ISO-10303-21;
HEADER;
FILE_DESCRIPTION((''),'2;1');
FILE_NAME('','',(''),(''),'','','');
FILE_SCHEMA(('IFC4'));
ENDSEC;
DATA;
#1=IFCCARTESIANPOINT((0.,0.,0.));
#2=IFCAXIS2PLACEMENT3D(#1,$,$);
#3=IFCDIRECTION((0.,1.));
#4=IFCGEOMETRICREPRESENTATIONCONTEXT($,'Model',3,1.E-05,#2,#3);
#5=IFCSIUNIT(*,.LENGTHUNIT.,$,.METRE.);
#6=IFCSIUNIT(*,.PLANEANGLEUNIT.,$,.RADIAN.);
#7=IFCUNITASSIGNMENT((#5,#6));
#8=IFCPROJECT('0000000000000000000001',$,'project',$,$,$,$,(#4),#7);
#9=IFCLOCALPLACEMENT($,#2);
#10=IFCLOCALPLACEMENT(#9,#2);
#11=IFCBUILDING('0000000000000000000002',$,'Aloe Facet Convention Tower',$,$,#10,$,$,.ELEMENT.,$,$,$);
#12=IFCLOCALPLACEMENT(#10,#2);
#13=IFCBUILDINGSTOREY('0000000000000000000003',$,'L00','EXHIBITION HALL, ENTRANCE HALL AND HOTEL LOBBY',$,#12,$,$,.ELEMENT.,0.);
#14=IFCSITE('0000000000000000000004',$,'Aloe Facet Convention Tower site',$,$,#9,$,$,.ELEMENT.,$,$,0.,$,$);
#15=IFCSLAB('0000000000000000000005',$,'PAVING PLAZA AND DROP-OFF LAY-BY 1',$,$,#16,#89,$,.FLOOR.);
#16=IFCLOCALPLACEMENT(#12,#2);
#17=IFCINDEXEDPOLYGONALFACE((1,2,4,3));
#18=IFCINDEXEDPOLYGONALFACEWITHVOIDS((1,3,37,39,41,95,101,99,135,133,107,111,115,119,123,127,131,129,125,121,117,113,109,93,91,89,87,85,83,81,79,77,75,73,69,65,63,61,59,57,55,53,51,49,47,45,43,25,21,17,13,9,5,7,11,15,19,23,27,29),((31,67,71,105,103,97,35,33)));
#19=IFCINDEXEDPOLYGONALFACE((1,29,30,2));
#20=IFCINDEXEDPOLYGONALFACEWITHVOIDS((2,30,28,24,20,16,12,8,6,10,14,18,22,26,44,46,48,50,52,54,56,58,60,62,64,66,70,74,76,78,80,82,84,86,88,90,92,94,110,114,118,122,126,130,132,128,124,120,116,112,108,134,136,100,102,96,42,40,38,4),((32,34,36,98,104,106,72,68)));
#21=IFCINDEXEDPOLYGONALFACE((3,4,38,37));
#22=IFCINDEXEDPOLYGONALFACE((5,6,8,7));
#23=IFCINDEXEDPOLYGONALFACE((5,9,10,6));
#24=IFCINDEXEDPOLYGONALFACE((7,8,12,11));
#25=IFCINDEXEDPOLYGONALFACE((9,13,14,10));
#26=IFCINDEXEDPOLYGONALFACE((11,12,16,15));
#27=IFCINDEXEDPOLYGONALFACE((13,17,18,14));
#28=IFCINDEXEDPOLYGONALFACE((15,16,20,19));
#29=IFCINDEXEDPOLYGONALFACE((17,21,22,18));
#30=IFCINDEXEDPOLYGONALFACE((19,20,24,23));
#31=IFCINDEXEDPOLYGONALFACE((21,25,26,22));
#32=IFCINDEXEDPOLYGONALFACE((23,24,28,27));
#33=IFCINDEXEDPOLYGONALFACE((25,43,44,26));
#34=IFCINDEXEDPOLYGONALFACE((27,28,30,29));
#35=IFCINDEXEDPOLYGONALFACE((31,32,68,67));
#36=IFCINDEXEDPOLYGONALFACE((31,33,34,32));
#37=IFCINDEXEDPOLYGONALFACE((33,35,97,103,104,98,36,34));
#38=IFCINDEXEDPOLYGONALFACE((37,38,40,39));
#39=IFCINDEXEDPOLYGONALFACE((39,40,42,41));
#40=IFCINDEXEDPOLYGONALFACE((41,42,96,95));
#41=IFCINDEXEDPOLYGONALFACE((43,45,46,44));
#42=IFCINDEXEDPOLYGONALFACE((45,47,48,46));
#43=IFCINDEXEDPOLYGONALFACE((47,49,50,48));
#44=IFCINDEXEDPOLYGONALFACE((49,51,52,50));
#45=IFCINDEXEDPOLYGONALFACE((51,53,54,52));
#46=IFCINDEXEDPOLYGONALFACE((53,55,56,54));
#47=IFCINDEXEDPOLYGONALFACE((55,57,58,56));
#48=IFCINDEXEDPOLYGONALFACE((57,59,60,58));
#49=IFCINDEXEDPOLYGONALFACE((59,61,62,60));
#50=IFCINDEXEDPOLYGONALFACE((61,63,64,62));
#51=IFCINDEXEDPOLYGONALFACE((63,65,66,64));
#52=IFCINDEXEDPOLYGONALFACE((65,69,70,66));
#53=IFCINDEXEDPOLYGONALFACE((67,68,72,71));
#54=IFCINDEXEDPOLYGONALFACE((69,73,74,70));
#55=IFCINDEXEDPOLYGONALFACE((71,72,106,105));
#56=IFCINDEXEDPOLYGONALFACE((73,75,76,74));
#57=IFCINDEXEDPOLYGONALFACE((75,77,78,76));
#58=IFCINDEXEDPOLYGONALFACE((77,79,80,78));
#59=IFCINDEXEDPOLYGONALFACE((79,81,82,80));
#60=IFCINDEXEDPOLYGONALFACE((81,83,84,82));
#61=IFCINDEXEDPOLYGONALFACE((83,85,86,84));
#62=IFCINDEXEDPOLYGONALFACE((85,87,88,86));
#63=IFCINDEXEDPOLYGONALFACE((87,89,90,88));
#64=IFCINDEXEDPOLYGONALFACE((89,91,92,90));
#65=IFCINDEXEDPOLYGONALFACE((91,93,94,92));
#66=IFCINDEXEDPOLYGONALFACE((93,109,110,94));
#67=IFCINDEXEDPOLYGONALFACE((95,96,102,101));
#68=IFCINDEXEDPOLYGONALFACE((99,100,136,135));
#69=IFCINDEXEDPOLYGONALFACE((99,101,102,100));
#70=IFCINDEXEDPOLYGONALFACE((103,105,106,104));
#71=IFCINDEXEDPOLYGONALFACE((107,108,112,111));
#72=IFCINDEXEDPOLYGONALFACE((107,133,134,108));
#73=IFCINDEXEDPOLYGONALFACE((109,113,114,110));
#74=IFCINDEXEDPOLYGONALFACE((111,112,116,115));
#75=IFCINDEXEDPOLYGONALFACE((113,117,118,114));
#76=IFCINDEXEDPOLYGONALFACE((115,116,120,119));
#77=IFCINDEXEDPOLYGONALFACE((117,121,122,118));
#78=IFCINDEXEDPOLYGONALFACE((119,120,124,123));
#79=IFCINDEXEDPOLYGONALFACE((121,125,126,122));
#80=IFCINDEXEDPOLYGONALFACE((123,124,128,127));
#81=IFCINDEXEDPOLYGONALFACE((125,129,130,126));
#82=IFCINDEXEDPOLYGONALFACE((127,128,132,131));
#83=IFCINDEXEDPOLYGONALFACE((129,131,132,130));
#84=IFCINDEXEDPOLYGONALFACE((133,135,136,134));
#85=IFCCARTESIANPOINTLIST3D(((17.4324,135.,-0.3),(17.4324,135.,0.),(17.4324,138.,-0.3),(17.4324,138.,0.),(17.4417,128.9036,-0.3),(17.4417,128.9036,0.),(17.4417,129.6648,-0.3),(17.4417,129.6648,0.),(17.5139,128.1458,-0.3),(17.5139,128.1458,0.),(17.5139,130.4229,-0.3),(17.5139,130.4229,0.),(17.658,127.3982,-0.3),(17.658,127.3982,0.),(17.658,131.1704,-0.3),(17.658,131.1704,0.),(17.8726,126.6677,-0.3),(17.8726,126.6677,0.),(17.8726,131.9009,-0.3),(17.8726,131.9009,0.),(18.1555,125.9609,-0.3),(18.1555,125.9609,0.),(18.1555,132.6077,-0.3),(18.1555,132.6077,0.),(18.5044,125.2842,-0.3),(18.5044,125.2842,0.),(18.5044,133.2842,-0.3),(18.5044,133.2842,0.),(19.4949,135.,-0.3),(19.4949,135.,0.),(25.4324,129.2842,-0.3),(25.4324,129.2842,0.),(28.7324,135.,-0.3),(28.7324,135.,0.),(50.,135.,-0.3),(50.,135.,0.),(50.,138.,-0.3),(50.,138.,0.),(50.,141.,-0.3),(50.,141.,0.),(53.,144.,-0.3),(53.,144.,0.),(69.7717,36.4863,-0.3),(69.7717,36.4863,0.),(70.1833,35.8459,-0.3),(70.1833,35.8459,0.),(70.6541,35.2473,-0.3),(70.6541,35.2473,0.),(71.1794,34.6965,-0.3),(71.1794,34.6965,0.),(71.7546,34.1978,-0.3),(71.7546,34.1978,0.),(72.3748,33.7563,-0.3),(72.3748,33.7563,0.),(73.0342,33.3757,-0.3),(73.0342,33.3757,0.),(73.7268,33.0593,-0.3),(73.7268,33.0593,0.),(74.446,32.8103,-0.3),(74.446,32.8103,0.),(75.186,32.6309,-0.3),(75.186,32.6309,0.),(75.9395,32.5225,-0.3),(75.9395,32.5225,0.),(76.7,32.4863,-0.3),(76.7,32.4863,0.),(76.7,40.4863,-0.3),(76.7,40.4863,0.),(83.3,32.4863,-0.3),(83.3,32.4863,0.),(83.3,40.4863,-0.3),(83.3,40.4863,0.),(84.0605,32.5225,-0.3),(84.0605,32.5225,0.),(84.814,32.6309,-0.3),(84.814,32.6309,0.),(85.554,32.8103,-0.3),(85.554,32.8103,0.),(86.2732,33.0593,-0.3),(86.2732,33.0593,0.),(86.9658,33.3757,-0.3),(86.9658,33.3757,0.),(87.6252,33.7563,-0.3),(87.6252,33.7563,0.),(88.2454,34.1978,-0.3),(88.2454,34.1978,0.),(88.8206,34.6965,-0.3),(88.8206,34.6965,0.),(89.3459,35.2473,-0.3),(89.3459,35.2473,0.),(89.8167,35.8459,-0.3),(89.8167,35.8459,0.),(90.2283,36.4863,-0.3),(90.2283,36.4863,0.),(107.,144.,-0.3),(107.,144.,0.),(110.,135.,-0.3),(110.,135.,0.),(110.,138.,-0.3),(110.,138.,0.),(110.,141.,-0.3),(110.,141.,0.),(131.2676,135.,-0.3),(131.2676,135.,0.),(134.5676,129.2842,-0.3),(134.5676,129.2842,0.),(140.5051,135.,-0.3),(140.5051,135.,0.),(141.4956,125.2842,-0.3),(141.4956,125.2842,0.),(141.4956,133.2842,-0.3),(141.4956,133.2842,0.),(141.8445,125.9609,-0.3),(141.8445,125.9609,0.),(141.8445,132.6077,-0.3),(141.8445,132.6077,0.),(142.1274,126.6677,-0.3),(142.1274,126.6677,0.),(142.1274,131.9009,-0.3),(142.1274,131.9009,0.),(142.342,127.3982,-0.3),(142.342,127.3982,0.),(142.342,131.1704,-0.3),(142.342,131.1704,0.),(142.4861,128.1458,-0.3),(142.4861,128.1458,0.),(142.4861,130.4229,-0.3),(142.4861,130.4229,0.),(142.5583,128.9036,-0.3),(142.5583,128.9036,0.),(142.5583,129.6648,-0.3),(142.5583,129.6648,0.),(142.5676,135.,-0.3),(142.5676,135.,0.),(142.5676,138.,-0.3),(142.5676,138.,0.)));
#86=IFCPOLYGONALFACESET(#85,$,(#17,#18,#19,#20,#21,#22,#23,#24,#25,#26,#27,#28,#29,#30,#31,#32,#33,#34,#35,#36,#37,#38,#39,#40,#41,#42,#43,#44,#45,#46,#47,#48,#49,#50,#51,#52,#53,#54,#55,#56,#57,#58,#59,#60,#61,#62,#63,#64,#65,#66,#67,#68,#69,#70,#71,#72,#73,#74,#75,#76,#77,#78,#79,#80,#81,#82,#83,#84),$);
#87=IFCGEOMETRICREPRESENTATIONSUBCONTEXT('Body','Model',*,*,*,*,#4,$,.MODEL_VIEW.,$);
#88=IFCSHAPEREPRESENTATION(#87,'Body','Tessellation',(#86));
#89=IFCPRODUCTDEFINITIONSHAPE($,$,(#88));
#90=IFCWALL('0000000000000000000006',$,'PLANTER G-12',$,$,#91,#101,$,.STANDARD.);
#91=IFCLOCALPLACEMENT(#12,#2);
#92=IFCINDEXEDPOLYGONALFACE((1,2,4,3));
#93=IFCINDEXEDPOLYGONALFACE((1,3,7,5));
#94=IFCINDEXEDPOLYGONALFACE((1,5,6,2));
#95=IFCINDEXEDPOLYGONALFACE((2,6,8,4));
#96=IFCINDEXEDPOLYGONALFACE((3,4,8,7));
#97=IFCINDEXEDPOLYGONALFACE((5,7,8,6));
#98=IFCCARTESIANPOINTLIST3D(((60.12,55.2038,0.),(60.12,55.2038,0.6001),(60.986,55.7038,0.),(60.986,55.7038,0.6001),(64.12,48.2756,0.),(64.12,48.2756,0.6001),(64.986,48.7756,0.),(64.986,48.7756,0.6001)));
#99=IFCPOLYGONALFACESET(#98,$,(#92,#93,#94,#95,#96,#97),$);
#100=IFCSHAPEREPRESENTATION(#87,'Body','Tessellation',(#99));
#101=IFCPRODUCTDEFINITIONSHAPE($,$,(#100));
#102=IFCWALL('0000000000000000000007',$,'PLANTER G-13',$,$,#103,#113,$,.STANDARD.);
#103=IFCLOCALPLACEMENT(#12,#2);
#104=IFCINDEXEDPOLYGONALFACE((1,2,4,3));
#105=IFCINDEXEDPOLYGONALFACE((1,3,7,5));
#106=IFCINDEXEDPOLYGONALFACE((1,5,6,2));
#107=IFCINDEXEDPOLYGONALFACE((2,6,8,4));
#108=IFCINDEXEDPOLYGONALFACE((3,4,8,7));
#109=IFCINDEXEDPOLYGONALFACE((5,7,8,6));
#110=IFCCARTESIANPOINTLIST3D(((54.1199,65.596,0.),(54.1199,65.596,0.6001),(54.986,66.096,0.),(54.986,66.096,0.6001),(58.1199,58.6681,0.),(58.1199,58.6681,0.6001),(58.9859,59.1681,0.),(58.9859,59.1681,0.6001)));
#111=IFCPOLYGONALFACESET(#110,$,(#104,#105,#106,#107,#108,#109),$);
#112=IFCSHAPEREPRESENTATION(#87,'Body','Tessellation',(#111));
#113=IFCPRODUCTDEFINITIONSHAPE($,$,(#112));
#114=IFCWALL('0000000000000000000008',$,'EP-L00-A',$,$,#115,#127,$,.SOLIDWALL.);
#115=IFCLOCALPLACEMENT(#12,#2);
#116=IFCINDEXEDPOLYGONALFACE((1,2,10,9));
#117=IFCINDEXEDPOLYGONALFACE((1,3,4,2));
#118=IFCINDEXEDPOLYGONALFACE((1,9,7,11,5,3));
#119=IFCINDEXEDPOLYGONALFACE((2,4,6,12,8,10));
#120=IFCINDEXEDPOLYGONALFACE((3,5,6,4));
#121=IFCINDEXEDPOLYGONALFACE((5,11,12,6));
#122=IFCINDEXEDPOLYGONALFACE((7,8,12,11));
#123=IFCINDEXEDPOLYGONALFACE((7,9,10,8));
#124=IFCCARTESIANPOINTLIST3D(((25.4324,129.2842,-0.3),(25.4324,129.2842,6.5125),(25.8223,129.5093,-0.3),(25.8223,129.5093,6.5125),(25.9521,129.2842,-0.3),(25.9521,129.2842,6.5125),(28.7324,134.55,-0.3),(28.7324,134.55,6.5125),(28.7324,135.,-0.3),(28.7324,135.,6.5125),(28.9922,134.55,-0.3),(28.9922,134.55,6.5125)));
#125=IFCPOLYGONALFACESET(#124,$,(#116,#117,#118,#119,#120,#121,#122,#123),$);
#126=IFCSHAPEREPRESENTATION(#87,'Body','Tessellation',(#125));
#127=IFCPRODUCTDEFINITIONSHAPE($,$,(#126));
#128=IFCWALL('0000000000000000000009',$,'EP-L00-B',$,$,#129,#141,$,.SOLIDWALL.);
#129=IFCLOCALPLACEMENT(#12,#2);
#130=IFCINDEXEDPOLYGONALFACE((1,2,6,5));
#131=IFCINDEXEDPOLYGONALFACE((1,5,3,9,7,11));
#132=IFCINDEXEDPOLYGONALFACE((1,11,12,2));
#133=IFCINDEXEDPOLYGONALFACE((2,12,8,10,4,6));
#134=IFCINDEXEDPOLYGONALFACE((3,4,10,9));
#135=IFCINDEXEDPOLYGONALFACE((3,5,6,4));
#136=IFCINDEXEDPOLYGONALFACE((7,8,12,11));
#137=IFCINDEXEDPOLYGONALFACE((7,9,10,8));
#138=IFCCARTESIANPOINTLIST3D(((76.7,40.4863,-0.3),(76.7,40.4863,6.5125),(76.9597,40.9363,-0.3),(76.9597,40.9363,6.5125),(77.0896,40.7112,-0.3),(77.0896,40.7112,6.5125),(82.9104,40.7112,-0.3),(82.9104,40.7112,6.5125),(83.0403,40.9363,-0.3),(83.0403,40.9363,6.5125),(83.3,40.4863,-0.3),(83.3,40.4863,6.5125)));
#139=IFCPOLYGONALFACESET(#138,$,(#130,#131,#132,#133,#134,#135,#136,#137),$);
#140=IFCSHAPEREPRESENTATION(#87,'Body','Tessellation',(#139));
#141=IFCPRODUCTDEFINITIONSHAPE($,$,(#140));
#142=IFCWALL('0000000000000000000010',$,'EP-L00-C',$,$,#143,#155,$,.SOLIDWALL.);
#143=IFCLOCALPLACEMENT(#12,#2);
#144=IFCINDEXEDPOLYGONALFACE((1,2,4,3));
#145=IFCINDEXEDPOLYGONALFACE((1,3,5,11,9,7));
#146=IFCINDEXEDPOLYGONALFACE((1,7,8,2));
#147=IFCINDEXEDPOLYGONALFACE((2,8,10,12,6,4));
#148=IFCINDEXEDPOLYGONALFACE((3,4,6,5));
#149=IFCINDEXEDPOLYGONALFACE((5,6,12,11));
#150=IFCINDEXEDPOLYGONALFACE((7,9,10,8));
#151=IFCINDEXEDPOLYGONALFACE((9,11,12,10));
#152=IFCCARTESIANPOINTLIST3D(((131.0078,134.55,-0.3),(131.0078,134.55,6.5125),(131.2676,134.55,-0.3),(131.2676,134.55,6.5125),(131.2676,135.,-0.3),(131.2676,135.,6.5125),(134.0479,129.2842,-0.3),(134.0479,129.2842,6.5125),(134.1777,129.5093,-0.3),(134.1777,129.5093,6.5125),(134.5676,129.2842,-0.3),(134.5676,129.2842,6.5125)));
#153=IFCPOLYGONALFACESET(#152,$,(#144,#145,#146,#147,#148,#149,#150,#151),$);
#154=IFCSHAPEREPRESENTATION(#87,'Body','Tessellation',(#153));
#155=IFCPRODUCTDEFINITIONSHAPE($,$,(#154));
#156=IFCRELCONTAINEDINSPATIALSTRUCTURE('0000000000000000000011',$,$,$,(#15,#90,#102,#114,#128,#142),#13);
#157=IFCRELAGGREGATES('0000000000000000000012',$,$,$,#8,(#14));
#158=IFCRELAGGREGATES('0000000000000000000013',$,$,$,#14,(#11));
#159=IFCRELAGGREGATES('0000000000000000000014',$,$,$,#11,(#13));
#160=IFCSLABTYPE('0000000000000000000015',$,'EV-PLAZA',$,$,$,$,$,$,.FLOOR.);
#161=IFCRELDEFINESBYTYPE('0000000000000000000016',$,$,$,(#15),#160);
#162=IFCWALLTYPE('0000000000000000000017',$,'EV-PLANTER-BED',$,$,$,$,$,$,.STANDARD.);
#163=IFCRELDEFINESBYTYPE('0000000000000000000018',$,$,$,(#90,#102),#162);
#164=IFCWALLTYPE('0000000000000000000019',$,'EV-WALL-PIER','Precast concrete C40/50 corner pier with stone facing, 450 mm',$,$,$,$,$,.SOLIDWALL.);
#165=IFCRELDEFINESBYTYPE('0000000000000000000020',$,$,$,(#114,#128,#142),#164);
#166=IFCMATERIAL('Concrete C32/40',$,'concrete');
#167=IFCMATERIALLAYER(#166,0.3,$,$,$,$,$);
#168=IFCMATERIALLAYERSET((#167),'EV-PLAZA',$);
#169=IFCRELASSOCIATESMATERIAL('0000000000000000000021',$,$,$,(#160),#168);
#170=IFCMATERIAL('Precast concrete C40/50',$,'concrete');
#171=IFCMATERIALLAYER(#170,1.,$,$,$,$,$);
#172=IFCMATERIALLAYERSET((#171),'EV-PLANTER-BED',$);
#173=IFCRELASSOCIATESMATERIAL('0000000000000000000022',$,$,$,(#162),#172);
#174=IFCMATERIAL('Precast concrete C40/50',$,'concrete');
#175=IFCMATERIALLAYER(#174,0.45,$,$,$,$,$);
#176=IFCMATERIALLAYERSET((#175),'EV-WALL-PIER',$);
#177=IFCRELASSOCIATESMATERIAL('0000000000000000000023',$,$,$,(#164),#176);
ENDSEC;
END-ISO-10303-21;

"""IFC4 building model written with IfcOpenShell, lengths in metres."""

from ifc_helpers import new_model, si_unit, direction, frame, frame_2d, origin, place, context, subcontext, project, spatial, polyline, rectangle, outline, extrude, material, layer, layer_set, type_object, element, save


model = new_model("IFC4")

# Units and contexts
model_context = context("Model", 3, precision=1e-05, world=origin(), true_north=direction((0.0, 1.0)))
body_context = subcontext(model_context, "Body", "Model", "MODEL_VIEW")
ifc_project = project(units=[si_unit("LENGTHUNIT", "METRE"), si_unit("PLANEANGLEUNIT", "RADIAN")], contexts=[model_context])

# Site, building, storey
site_placement = place(None, origin())
site = spatial("IfcSite", under=ifc_project, at=site_placement, Name="Aloe Facet Convention Tower site", CompositionType="ELEMENT", RefElevation=0.0)
building_placement = place(site_placement, origin())
building = spatial("IfcBuilding", under=site, at=building_placement, Name="Aloe Facet Convention Tower", CompositionType="ELEMENT")
storey_placement = place(building_placement, origin())
storey = spatial("IfcBuildingStorey", under=building, at=storey_placement, Name="L00", Description="EXHIBITION HALL, ENTRANCE HALL AND HOTEL LOBBY", CompositionType="ELEMENT", Elevation=0.0)

# Slab
ifc_material_1 = material(Name="Concrete C32/40", Category="concrete")
ifc_layer_1 = layer(ifc_material_1, 0.3)
ifc_layer_set_1 = layer_set([ifc_layer_1], Name="EV-PLAZA")
slab_type_1 = type_object("IfcSlabType", Name="EV-PLAZA", PredefinedType="FLOOR", material=ifc_layer_set_1)
slab_1_placement = place(storey_placement, frame((0.0, 0.0, -0.3)))
element("IfcSlab", 1, at=slab_1_placement, inside=storey, type_object=slab_type_1, Name="PAVING PLAZA AND DROP-OFF LAY-BY 1", PredefinedType="FLOOR", context=body_context, shape_type="SweptSolid", body=[
    extrude(outline(polyline([(141.4956, 133.2842), (141.8445, 132.6077), (142.1274, 131.9009), (142.342, 131.1704), (142.4861, 130.4229), (142.5583, 129.6648), (142.5583, 128.9036), (142.4861, 128.1458), (142.342, 127.3982), (142.1274, 126.6677), (141.8445, 125.9609), (141.4956, 125.2842), (90.2283, 36.4863), (89.8167, 35.8459), (89.3459, 35.2473), (88.8206, 34.6965), (88.2454, 34.1978), (87.6252, 33.7563), (86.9658, 33.3757), (86.2732, 33.0593), (85.554, 32.8103), (84.814, 32.6309), (84.0605, 32.5225), (83.3, 32.4863), (76.7, 32.4863), (75.9395, 32.5225), (75.186, 32.6309), (74.446, 32.8103), (73.7268, 33.0593), (73.0342, 33.3757), (72.3748, 33.7563), (71.7546, 34.1978), (71.1794, 34.6965), (70.6541, 35.2473), (70.1833, 35.8459), (69.7717, 36.4863), (18.5044, 125.2842), (18.1555, 125.9609), (17.8726, 126.6677), (17.658, 127.3982), (17.5139, 128.1458), (17.4417, 128.9036), (17.4417, 129.6648), (17.5139, 130.4229), (17.658, 131.1704), (17.8726, 131.9009), (18.1555, 132.6077), (18.5044, 133.2842), (19.4949, 135.0), (17.4324, 135.0), (17.4324, 138.0), (50.0, 138.0), (50.0, 141.0), (53.0, 144.0), (107.0, 144.0), (110.0, 141.0), (110.0, 138.0), (142.5676, 138.0), (142.5676, 135.0), (140.5051, 135.0), (141.4956, 133.2842)]), holes=[polyline([(76.7, 40.4863), (83.3, 40.4863), (134.5676, 129.2842), (131.2676, 135.0), (110.0, 135.0), (50.0, 135.0), (28.7324, 135.0), (25.4324, 129.2842), (76.7, 40.4863)])]), origin(), (0.0, 0.0, 1.0), 0.3),
])

# Walls
ifc_material_2 = material(Name="Precast concrete C40/50", Category="concrete")
ifc_layer_2 = layer(ifc_material_2, 1.0)
ifc_layer_set_2 = layer_set([ifc_layer_2], Name="EV-PLANTER-BED")
wall_type_1 = type_object("IfcWallType", Name="EV-PLANTER-BED", PredefinedType="STANDARD", material=ifc_layer_set_2)
wall_1_placement = place(storey_placement, frame((64.553, 48.5256, 0.0), z_axis=(0.0, 0.0, 1.0), x_axis=(-0.499999, 0.866026, 0.0)))
element("IfcWall", 2, at=wall_1_placement, inside=storey, type_object=wall_type_1, Name="PLANTER G-12", PredefinedType="STANDARD", context=body_context, shape_type="SweptSolid", body=[
    extrude(rectangle(XDim=8.0, YDim=1.0, at=frame_2d((4.0, 0.0))), origin(), (0.0, 0.0, 1.0), 0.6001),
])
wall_2_placement = place(storey_placement, frame((58.553, 58.918, 0.0), z_axis=(0.0, 0.0, 1.0), x_axis=(-0.500012, 0.866018, 0.0)))
element("IfcWall", 3, at=wall_2_placement, inside=storey, type_object=wall_type_1, Name="PLANTER G-13", PredefinedType="STANDARD", context=body_context, shape_type="SweptSolid", body=[
    extrude(rectangle(XDim=7.9998, YDim=1.0, at=frame_2d((4.0, 0.0))), origin(), (0.0, 0.0, 1.0), 0.6001),
])
ifc_material_3 = material(Name="Precast concrete C40/50", Category="concrete")
ifc_layer_3 = layer(ifc_material_3, 0.45)
ifc_layer_set_3 = layer_set([ifc_layer_3], Name="EV-WALL-PIER")
wall_type_2 = type_object("IfcWallType", Name="EV-WALL-PIER", Description="Precast concrete C40/50 corner pier with stone facing, 450 mm", PredefinedType="SOLIDWALL", material=ifc_layer_set_3)
wall_3_placement = place(storey_placement, frame((0.0, 0.0, -0.3)))
element("IfcWall", 4, at=wall_3_placement, inside=storey, type_object=wall_type_2, Name="EP-L00-A", PredefinedType="SOLIDWALL", context=body_context, shape_type="SweptSolid", body=[
    extrude(outline(polyline([(28.7324, 135.0), (28.7324, 134.55), (28.9922, 134.55), (25.9521, 129.2842), (25.8223, 129.5093), (25.4324, 129.2842), (28.7324, 135.0)])), origin(), (0.0, 0.0, 1.0), 6.8125),
])
wall_4_placement = place(storey_placement, frame((0.0, 0.0, -0.3)))
element("IfcWall", 5, at=wall_4_placement, inside=storey, type_object=wall_type_2, Name="EP-L00-B", PredefinedType="SOLIDWALL", context=body_context, shape_type="SweptSolid", body=[
    extrude(outline(polyline([(76.7, 40.4863), (77.0896, 40.7112), (76.9597, 40.9363), (83.0403, 40.9363), (82.9104, 40.7112), (83.3, 40.4863), (76.7, 40.4863)])), origin(), (0.0, 0.0, 1.0), 6.8125),
])
wall_5_placement = place(storey_placement, frame((0.0, 0.0, -0.3)))
element("IfcWall", 6, at=wall_5_placement, inside=storey, type_object=wall_type_2, Name="EP-L00-C", PredefinedType="SOLIDWALL", context=body_context, shape_type="SweptSolid", body=[
    extrude(outline(polyline([(134.5676, 129.2842), (134.1777, 129.5093), (134.0479, 129.2842), (131.0078, 134.55), (131.2676, 134.55), (131.2676, 135.0), (134.5676, 129.2842)])), origin(), (0.0, 0.0, 1.0), 6.8125),
])

save(model, "model.ifc")
